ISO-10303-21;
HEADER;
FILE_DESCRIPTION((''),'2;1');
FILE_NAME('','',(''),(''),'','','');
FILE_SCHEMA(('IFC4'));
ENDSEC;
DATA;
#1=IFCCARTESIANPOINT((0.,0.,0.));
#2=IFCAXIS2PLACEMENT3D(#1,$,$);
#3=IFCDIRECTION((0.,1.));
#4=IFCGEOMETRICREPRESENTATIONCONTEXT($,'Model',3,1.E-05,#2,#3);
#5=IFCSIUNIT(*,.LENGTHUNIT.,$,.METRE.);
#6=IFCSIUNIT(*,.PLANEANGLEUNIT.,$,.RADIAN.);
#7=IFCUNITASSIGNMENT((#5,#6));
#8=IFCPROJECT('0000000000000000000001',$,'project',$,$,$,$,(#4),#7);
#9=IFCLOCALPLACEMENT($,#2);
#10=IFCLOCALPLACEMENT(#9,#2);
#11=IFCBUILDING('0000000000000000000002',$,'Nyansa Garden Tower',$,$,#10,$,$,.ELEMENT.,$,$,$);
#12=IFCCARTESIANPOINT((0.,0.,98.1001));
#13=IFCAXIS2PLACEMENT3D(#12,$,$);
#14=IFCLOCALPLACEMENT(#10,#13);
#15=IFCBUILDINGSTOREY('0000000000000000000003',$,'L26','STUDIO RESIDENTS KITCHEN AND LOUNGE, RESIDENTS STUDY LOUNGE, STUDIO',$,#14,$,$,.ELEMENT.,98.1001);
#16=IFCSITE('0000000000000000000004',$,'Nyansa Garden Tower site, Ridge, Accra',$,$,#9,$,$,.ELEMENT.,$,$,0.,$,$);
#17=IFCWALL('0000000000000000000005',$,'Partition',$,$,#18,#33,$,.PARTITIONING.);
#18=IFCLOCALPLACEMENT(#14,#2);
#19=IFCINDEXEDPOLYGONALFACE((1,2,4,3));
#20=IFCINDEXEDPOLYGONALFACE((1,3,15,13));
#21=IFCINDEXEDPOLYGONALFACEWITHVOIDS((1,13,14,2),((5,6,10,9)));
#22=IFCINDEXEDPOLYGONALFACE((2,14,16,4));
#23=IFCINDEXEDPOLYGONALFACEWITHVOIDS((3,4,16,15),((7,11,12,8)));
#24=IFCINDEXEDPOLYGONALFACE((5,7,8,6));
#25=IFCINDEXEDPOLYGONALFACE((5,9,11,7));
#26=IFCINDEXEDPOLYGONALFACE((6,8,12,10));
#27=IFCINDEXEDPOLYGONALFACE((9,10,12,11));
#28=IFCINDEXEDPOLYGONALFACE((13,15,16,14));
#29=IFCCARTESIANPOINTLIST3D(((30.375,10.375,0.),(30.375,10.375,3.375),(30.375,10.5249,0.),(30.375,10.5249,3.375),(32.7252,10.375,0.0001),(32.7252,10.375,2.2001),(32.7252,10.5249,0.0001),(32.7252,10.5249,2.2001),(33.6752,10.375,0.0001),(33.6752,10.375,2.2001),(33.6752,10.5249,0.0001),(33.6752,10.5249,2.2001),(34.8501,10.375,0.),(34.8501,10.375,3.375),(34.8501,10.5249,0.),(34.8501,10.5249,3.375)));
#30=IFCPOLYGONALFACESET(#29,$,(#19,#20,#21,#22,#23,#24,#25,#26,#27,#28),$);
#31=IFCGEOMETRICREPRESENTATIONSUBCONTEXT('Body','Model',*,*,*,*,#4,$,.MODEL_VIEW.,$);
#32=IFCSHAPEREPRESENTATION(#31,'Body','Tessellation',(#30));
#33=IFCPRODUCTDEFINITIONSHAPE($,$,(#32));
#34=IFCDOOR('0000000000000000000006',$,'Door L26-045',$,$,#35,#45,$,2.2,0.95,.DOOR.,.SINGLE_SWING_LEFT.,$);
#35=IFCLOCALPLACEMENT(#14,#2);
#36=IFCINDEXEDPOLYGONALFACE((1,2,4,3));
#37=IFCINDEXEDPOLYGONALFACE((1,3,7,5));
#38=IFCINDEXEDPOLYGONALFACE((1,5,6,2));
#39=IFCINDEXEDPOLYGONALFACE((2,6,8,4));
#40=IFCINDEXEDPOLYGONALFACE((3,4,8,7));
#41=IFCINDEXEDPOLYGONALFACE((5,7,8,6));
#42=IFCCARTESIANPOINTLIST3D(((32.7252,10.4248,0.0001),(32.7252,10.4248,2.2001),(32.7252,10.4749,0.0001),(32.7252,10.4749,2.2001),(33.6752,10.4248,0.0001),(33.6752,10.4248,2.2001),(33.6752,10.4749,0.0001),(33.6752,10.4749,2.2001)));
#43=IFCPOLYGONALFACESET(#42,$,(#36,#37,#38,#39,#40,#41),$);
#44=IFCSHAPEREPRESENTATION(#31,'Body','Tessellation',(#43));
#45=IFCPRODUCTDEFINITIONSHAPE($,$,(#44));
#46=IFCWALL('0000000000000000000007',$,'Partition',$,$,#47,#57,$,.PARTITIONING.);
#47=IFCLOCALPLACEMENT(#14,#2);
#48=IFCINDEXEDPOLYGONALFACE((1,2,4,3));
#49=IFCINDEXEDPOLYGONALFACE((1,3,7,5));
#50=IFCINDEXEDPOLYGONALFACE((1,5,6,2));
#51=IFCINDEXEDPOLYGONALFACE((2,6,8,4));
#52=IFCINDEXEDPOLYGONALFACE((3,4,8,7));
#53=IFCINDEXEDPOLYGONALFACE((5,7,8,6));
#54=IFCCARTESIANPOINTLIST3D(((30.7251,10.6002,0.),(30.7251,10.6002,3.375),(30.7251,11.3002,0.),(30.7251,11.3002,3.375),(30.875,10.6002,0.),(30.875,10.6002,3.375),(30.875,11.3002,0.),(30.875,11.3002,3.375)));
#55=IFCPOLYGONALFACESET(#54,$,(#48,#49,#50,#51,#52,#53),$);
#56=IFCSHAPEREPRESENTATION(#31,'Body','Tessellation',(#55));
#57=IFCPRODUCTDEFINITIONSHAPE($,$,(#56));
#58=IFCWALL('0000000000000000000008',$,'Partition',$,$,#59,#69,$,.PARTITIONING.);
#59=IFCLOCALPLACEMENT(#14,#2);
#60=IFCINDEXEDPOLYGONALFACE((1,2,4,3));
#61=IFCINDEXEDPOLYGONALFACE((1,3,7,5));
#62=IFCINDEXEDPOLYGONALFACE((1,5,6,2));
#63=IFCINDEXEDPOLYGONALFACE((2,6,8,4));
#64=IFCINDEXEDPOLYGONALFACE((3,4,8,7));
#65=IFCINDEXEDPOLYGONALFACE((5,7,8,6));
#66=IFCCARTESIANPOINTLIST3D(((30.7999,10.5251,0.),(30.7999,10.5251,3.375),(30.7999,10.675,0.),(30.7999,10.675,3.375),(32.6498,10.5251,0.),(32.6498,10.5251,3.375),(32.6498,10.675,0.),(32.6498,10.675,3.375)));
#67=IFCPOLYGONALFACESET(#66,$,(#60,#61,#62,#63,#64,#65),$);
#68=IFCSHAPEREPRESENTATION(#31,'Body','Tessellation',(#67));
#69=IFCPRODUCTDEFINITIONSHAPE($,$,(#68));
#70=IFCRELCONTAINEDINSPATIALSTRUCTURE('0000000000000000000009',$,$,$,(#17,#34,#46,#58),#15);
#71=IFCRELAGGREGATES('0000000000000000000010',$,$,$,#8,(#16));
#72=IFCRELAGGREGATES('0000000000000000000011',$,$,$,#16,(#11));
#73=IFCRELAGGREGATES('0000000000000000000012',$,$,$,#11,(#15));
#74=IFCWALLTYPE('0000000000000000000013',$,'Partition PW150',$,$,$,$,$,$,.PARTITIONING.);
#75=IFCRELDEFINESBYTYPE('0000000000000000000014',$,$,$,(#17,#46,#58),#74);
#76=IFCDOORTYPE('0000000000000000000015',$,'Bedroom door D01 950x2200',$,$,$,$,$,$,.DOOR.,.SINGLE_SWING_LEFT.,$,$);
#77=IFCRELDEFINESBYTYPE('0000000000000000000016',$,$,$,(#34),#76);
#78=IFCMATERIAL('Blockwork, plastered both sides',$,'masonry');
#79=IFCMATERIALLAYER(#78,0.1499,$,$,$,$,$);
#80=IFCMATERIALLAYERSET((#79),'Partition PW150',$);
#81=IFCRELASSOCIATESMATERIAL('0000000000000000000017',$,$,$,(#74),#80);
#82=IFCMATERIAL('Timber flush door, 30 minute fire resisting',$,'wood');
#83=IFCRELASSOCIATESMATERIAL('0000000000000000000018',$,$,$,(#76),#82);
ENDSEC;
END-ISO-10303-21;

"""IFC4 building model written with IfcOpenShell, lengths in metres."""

from ifc_helpers import new_model, si_unit, direction, frame, frame_2d, origin, place, context, subcontext, project, spatial, rectangle, extrude, material, layer, layer_set, type_object, element, fill, save


model = new_model("IFC4")

# Units and contexts
model_context = context("Model", 3, precision=1e-05, world=origin(), true_north=direction((0.0, 1.0)))
body_context = subcontext(model_context, "Body", "Model", "MODEL_VIEW")
ifc_project = project(units=[si_unit("LENGTHUNIT", "METRE"), si_unit("PLANEANGLEUNIT", "RADIAN")], contexts=[model_context])

# Site, building, storey
site_placement = place(None, origin())
site = spatial("IfcSite", under=ifc_project, at=site_placement, Name="Nyansa Garden Tower site, Ridge, Accra", CompositionType="ELEMENT", RefElevation=0.0)
building_placement = place(site_placement, origin())
building = spatial("IfcBuilding", under=site, at=building_placement, Name="Nyansa Garden Tower", CompositionType="ELEMENT")
storey_placement = place(building_placement, frame((0.0, 0.0, 98.1001)))
storey = spatial("IfcBuildingStorey", under=building, at=storey_placement, Name="L26", Description="STUDIO RESIDENTS KITCHEN AND LOUNGE, RESIDENTS STUDY LOUNGE, STUDIO", CompositionType="ELEMENT", Elevation=98.1001)

# Shared definitions
ifc_material_1 = material(Name="Blockwork, plastered both sides", Category="masonry")
ifc_layer_1 = layer(ifc_material_1, 0.1499)
ifc_layer_set_1 = layer_set([ifc_layer_1], Name="Partition PW150")
wall_type_1 = type_object("IfcWallType", Name="Partition PW150", PredefinedType="PARTITIONING", material=ifc_layer_set_1)
ifc_material_2 = material(Name="Timber flush door, 30 minute fire resisting", Category="wood")
door_type_1 = type_object("IfcDoorType", Name="Bedroom door D01 950x2200", OperationType="SINGLE_SWING_LEFT", PredefinedType="DOOR", material=ifc_material_2)

# Wall, opening, door
wall_1_placement = place(storey_placement, frame((30.375, 10.45, 0.0), z_axis=(0.0, 0.0, 1.0), x_axis=(1.0, 0.0, 0.0)))
wall_1 = element("IfcWall", 1, at=wall_1_placement, inside=storey, type_object=wall_type_1, Name="Partition", PredefinedType="PARTITIONING", context=body_context, shape_type="SweptSolid", body=[
    extrude(rectangle(XDim=4.4751, YDim=0.1499, at=frame_2d((2.2375, 0.0))), origin(), (0.0, 0.0, 1.0), 3.375),
])
opening_1_placement = place(wall_1_placement, frame((2.3501, 0.0, 0.0)))
opening_1 = element("IfcOpeningElement", 2, at=opening_1_placement, cuts=wall_1, PredefinedType="OPENING", context=body_context, shape_type="SweptSolid", body=[
    extrude(rectangle(XDim=0.95, YDim=2.2, at=frame_2d((0.4751, 1.1001))), frame((0.0, 0.085, 0.0), z_axis=(0.0, -1.0, 0.0), x_axis=(1.0, 0.0, 0.0)), (0.0, 0.0, 1.0), 0.1699),
])
door_1_placement = place(opening_1_placement, origin())
door_1 = element("IfcDoor", 3, at=door_1_placement, inside=storey, type_object=door_type_1, Name="Door L26-045", OperationType="SINGLE_SWING_LEFT", OverallHeight=2.2, OverallWidth=0.95, PredefinedType="DOOR", context=body_context, shape_type="SweptSolid", body=[
    extrude(rectangle(XDim=0.95, YDim=2.2, at=frame_2d((0.4751, 1.1001))), frame((0.0, 0.0249, 0.0), z_axis=(0.0, -1.0, 0.0), x_axis=(1.0, 0.0, 0.0)), (0.0, 0.0, 1.0), 0.05),
])
fill(opening_1, door_1)

# Walls
wall_2_placement = place(storey_placement, frame((30.8, 10.6001, 0.0), z_axis=(0.0, 0.0, 1.0), x_axis=(0.0, 1.0, 0.0)))
element("IfcWall", 4, at=wall_2_placement, inside=storey, type_object=wall_type_1, Name="Partition", PredefinedType="PARTITIONING", context=body_context, shape_type="SweptSolid", body=[
    extrude(rectangle(XDim=0.7, YDim=0.1499, at=frame_2d((0.3501, 0.0))), origin(), (0.0, 0.0, 1.0), 3.375),
])
wall_3_placement = place(storey_placement, frame((30.8, 10.6001, 0.0), z_axis=(0.0, 0.0, 1.0), x_axis=(1.0, 0.0, 0.0)))
element("IfcWall", 5, at=wall_3_placement, inside=storey, type_object=wall_type_1, Name="Partition", PredefinedType="PARTITIONING", context=body_context, shape_type="SweptSolid", body=[
    extrude(rectangle(XDim=1.8499, YDim=0.1499, at=frame_2d((0.9248, 0.0))), origin(), (0.0, 0.0, 1.0), 3.375),
])

save(model, "model.ifc")
